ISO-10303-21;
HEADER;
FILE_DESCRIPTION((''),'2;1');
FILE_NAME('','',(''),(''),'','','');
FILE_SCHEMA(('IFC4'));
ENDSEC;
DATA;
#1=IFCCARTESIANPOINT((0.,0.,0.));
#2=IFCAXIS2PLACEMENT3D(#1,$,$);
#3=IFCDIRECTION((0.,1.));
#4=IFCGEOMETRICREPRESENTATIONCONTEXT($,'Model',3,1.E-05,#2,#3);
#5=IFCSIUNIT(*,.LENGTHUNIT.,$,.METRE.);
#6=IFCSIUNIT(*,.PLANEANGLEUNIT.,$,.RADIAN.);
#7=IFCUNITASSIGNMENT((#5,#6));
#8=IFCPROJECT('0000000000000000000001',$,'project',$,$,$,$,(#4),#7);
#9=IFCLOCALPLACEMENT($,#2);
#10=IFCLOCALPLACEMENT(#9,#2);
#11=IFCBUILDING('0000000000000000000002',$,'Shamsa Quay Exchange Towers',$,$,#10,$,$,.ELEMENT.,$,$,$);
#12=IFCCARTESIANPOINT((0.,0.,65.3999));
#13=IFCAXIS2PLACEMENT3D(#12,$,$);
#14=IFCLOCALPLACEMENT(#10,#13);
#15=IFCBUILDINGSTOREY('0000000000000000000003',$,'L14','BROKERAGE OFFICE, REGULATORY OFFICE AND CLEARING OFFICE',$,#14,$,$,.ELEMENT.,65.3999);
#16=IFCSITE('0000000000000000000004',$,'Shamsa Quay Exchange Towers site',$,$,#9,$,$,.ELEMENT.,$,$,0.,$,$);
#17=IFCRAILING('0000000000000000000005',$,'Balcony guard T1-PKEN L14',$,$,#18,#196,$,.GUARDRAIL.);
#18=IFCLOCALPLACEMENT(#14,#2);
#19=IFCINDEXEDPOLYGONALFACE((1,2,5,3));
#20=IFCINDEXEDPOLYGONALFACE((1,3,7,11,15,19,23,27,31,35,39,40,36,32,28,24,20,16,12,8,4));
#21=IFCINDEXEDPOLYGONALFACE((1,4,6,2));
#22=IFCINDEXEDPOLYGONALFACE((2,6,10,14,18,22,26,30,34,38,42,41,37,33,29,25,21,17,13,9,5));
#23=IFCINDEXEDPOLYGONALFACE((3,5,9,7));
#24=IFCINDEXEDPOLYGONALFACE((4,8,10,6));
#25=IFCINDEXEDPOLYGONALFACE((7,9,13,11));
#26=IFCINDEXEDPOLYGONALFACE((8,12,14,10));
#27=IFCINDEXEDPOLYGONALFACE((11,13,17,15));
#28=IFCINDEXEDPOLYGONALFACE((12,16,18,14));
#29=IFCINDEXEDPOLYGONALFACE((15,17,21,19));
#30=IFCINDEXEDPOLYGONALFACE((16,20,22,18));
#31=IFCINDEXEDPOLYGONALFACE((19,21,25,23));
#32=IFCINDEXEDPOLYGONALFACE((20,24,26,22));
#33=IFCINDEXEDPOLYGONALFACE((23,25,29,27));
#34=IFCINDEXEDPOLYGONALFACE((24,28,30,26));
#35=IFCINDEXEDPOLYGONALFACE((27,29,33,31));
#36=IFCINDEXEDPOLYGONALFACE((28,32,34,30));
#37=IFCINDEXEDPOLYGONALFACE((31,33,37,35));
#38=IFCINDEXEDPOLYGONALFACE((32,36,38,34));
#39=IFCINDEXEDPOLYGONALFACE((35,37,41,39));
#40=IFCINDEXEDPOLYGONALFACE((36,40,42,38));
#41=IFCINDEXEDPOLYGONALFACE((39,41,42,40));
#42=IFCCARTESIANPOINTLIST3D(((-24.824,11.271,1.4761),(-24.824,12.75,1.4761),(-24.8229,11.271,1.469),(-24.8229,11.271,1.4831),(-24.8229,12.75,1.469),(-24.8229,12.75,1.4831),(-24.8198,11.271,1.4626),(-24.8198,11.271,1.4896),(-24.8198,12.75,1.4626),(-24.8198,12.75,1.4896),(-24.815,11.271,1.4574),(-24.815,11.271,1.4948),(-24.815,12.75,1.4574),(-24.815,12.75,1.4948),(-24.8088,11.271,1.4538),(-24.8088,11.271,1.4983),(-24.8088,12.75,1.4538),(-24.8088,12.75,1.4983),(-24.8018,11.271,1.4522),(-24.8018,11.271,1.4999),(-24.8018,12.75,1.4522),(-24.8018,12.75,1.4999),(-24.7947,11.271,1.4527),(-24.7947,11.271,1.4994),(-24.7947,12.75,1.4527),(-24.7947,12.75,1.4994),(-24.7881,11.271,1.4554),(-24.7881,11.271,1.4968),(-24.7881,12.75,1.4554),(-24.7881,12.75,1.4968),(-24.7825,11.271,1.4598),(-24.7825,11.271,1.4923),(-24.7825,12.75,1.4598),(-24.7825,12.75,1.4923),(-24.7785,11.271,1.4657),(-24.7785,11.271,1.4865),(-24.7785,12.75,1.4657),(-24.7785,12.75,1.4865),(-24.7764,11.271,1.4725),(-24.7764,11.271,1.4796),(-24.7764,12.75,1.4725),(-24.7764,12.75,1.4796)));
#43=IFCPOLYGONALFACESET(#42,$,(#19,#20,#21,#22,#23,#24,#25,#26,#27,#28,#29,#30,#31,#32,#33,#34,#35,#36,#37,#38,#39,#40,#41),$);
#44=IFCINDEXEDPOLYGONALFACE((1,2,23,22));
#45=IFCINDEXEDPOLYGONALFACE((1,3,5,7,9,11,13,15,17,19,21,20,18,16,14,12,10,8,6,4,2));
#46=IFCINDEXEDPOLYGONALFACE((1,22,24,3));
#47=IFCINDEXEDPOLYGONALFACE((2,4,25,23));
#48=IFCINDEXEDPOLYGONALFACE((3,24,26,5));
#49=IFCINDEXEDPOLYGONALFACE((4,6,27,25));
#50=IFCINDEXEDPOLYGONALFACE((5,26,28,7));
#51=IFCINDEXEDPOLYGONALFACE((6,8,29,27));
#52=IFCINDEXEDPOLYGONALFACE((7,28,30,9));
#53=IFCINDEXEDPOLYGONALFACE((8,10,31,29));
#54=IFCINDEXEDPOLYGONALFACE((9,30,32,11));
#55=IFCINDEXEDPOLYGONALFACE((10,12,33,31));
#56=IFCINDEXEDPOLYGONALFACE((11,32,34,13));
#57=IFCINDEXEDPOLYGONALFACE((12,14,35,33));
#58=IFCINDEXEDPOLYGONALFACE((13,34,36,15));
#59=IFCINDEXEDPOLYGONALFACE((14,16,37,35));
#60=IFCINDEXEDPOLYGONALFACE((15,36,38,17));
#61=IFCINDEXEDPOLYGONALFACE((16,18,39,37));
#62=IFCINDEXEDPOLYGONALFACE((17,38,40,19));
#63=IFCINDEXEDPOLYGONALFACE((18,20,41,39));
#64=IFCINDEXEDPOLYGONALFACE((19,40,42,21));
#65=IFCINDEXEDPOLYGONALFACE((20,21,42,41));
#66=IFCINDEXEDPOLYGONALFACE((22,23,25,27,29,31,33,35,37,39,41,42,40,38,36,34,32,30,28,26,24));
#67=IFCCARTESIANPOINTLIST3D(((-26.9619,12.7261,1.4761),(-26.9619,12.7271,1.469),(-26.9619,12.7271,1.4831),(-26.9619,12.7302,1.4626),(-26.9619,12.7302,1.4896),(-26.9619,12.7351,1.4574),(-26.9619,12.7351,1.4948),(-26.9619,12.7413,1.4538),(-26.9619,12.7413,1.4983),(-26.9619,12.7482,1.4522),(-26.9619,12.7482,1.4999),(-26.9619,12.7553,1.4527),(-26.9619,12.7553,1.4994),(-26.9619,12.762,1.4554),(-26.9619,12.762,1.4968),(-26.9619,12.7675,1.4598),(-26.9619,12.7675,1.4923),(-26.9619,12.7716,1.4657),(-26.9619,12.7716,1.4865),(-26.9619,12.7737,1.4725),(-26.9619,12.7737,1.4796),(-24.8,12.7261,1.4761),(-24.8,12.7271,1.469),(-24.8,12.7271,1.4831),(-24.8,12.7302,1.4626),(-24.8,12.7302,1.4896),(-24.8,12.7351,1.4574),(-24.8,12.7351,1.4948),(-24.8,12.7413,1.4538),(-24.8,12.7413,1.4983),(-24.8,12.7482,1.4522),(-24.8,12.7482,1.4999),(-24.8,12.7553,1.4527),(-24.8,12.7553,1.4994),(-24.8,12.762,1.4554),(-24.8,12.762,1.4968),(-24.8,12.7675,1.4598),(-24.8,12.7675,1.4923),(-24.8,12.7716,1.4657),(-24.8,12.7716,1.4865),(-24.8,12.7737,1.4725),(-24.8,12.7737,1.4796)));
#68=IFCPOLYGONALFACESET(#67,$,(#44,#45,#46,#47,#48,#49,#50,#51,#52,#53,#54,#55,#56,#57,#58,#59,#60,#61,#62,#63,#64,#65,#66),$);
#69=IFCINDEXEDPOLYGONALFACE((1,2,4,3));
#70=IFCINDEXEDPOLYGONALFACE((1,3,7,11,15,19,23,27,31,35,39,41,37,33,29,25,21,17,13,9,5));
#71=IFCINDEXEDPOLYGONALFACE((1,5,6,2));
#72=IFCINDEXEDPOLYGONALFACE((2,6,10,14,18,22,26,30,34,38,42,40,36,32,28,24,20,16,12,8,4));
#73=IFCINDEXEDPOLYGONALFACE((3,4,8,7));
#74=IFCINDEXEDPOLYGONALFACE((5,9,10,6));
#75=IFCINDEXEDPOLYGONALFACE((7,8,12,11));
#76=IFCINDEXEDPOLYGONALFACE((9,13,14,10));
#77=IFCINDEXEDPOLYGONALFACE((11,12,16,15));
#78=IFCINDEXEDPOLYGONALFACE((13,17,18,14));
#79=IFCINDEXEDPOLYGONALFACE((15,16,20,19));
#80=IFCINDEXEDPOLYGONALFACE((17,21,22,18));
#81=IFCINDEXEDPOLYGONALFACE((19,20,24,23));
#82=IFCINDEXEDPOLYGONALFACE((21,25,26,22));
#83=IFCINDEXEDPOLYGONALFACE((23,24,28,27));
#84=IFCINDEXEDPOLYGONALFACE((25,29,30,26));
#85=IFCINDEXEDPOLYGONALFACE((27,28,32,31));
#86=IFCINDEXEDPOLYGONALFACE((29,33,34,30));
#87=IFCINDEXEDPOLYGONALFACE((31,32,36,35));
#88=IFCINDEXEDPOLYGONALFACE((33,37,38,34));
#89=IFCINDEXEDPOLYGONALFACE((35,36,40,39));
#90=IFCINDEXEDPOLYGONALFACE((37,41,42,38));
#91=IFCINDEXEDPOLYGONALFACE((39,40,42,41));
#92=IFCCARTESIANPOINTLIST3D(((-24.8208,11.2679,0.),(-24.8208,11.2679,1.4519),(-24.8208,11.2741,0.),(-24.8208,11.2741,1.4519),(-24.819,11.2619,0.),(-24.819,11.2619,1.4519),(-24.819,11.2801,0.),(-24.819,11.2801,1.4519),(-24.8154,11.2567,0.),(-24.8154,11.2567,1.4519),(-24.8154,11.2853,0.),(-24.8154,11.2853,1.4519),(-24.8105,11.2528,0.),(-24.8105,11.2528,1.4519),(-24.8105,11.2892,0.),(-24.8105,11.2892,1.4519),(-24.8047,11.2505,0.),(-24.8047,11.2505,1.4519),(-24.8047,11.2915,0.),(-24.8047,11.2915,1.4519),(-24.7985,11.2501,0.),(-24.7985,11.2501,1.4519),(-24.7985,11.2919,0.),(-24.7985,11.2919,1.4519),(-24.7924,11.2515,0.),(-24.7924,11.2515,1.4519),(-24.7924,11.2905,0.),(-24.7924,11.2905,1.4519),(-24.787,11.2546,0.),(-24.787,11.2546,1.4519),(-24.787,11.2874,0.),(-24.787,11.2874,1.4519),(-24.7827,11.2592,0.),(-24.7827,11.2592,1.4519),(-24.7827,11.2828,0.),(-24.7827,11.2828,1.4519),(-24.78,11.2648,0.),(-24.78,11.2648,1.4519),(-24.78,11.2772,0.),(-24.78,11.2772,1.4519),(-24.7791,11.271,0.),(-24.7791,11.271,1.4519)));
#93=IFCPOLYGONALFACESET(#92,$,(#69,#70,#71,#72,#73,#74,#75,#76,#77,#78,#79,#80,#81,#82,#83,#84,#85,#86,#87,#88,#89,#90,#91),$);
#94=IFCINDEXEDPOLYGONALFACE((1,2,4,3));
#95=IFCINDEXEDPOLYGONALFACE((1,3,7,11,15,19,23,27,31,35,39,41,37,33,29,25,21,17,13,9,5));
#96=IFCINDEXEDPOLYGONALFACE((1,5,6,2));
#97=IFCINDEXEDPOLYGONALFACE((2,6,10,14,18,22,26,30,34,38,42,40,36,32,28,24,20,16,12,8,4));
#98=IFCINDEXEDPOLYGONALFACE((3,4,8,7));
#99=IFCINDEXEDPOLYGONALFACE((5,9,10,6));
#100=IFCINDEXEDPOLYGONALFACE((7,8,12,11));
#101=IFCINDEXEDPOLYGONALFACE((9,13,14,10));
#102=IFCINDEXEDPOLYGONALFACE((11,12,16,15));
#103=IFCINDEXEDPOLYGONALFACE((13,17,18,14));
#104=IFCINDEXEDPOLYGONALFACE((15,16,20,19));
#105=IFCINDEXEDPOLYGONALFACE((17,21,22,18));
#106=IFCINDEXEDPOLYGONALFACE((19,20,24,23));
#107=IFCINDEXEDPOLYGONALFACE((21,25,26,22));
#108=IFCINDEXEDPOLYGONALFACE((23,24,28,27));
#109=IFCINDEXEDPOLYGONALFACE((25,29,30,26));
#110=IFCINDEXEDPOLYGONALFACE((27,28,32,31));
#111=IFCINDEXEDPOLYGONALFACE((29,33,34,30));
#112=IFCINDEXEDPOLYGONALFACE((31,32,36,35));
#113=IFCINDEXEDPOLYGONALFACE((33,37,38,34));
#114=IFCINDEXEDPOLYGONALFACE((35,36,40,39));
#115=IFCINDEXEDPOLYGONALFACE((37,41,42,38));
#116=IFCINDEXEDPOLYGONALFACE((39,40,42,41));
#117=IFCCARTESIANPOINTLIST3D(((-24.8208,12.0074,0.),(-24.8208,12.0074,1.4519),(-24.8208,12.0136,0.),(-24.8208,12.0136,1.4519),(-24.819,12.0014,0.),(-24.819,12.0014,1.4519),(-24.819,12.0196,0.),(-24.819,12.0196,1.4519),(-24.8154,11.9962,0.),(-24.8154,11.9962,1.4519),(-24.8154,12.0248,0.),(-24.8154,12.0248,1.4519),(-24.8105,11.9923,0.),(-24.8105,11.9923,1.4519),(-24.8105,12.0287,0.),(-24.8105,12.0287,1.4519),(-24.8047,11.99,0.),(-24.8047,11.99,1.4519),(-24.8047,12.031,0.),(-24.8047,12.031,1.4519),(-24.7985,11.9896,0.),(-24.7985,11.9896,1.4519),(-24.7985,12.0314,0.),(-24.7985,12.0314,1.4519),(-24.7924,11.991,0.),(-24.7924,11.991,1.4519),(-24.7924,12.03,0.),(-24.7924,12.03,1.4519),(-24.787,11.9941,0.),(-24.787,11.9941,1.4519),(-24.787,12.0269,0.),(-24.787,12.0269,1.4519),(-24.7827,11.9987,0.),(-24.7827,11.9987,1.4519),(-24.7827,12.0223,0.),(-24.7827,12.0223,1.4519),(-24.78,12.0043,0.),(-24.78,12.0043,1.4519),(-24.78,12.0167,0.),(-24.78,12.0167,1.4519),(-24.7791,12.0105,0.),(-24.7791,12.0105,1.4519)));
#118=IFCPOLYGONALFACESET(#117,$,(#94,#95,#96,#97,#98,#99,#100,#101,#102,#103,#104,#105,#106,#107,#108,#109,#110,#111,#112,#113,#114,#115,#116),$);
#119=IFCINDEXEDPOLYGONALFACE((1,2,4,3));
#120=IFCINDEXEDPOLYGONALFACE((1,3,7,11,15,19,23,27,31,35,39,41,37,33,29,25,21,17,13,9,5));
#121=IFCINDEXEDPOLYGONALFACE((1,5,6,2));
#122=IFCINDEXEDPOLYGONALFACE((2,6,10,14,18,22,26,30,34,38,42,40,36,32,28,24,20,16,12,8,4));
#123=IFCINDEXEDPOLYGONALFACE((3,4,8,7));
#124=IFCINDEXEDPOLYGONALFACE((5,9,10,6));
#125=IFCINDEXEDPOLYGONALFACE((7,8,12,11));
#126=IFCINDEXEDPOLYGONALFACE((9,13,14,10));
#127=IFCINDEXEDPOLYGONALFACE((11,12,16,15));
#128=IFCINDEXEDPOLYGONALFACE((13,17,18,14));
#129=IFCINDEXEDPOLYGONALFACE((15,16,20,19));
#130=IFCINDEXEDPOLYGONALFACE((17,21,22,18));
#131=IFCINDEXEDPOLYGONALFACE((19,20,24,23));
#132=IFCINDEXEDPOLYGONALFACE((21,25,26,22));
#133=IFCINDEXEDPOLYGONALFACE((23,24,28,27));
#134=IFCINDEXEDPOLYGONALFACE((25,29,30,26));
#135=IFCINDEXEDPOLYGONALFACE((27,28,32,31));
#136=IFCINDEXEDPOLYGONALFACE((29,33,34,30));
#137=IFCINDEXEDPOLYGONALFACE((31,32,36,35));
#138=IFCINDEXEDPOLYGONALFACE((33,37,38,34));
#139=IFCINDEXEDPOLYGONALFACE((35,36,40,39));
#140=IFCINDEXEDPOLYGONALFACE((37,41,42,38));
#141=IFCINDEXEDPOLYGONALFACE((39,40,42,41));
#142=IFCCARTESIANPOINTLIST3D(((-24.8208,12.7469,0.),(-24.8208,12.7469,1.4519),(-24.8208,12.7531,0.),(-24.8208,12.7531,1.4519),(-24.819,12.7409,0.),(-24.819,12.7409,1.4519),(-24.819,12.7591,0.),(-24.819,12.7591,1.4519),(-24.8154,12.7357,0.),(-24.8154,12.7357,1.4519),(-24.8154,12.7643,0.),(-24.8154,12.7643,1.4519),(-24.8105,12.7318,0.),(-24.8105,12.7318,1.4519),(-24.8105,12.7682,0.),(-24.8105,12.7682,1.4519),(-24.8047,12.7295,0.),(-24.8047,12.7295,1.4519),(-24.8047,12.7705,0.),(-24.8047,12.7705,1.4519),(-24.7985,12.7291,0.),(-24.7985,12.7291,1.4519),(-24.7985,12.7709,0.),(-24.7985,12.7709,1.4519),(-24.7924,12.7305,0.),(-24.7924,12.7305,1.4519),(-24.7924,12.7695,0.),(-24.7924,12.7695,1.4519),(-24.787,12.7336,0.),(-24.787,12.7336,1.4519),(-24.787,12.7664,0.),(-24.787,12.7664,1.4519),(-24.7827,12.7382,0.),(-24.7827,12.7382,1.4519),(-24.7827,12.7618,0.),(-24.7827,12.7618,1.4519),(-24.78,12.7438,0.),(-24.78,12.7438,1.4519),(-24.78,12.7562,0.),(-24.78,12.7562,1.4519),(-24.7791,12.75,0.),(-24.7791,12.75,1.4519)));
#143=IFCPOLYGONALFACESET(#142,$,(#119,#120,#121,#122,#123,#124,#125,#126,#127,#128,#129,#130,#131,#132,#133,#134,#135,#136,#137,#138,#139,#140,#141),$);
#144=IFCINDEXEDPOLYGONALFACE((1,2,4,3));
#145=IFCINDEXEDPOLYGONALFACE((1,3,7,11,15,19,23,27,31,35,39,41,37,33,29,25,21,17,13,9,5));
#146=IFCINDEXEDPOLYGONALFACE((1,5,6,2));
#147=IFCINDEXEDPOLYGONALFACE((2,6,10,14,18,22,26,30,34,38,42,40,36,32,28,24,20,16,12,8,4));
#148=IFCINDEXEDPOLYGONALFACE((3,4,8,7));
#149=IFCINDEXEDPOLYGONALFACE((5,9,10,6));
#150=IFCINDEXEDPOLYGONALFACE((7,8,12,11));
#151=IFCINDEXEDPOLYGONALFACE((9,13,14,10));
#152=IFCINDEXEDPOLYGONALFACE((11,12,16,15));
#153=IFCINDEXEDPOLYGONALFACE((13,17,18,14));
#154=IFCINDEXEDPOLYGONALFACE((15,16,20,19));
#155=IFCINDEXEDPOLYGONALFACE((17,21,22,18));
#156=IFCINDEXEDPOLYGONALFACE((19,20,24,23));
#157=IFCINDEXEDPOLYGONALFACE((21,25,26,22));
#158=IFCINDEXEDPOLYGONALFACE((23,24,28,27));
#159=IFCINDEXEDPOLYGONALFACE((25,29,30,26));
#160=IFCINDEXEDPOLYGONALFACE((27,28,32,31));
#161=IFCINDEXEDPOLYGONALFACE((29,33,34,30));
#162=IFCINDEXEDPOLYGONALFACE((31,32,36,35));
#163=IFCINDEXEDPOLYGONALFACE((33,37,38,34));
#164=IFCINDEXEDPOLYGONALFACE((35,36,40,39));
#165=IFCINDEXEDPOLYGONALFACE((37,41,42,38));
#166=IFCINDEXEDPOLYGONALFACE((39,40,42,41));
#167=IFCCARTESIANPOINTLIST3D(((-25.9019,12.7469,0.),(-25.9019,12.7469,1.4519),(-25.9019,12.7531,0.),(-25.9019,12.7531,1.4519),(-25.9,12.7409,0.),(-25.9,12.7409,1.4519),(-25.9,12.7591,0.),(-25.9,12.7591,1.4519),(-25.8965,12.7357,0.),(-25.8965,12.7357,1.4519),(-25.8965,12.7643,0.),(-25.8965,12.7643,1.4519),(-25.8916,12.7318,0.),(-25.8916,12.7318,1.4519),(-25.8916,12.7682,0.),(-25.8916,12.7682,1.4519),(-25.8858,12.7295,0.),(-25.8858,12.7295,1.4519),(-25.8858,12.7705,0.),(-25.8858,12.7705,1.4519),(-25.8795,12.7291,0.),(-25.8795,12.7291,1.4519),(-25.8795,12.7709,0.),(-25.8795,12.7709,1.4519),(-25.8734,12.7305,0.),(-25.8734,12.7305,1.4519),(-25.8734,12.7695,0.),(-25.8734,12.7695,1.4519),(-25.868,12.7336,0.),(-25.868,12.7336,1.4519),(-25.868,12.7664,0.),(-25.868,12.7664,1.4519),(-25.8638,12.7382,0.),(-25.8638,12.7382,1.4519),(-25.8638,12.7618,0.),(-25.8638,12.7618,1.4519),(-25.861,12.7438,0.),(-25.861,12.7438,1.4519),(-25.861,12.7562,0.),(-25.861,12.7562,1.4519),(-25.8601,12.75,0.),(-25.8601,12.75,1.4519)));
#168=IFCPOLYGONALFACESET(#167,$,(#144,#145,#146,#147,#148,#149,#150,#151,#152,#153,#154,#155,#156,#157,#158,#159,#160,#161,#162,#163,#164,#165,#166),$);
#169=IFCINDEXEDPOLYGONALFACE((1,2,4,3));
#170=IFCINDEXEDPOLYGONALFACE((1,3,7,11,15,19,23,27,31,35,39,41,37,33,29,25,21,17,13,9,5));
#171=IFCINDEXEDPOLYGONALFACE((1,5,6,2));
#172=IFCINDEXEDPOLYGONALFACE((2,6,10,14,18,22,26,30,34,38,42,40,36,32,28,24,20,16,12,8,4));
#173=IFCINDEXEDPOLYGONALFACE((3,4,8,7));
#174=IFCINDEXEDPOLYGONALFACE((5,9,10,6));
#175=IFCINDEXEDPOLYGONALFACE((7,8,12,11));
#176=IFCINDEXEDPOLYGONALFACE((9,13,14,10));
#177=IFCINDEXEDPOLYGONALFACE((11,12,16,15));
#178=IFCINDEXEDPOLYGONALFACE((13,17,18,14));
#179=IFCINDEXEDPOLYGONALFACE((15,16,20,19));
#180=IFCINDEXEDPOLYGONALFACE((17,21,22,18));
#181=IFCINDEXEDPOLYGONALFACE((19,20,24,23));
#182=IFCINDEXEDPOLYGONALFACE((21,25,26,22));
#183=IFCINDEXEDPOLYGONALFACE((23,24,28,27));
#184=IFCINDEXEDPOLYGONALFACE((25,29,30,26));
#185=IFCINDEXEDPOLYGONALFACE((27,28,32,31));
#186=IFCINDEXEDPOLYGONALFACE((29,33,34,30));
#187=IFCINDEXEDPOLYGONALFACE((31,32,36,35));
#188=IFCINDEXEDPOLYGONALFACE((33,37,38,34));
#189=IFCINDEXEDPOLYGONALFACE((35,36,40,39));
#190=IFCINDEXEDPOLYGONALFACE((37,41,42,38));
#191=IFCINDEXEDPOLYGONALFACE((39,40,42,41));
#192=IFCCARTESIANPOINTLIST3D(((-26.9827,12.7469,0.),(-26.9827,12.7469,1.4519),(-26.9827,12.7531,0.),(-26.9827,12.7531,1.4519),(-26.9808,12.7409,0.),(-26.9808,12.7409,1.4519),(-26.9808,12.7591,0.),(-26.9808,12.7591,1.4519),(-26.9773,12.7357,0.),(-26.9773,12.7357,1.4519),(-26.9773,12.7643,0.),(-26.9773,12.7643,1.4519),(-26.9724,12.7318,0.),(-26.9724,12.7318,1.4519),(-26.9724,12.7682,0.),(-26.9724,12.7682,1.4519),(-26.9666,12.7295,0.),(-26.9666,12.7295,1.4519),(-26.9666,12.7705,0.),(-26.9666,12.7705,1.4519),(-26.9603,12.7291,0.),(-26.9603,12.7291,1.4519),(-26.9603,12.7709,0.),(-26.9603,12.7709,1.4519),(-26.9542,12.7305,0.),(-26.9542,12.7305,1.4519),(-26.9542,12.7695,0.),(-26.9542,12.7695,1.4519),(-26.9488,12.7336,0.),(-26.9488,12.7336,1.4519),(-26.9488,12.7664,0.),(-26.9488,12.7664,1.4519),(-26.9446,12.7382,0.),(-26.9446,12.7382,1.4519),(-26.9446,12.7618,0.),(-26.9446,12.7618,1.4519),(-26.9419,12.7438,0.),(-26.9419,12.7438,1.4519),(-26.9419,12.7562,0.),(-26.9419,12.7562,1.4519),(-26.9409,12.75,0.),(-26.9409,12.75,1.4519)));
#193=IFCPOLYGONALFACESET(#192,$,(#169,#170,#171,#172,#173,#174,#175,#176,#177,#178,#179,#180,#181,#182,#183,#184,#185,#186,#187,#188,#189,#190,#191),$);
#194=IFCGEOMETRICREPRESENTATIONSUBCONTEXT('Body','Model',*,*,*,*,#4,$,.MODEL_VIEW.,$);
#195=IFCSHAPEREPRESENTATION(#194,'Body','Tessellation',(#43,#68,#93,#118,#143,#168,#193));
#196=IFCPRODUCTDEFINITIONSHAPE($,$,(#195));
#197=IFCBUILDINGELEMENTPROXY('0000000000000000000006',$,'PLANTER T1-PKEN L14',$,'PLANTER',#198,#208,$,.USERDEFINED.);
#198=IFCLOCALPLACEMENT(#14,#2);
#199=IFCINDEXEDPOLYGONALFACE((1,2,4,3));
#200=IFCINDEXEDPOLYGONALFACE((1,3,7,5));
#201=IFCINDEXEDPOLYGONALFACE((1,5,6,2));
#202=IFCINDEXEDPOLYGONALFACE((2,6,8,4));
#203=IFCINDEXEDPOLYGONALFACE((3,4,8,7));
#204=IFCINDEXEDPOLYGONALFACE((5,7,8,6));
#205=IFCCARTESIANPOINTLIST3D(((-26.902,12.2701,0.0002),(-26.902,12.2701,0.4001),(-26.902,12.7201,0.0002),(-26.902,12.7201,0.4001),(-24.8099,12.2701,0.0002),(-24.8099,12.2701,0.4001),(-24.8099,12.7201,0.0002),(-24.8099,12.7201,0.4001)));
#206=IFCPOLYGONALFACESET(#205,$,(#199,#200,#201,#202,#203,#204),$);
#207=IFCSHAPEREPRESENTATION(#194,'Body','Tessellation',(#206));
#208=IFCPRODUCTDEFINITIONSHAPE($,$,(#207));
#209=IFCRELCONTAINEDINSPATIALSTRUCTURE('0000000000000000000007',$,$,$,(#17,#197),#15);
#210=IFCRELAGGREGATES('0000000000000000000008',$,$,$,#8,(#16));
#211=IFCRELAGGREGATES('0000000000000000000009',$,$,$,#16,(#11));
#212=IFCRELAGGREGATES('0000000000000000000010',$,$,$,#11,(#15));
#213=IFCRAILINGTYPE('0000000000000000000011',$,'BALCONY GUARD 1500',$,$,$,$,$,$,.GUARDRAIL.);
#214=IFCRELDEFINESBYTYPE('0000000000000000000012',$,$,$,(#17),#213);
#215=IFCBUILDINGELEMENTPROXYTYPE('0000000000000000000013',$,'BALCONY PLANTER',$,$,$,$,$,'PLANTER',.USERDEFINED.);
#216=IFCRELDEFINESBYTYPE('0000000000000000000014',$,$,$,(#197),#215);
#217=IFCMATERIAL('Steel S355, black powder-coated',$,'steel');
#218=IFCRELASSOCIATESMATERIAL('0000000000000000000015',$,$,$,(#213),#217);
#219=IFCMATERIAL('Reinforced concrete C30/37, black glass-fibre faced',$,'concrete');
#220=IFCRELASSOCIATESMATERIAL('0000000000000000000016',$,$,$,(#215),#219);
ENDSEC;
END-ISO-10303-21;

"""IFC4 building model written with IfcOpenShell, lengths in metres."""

from ifc_helpers import new_model, si_unit, direction, frame, origin, origin_2d, place, context, subcontext, project, spatial, rectangle, circle, extrude, material, type_object, element, save


model = new_model("IFC4")

# Units and contexts
model_context = context("Model", 3, precision=1e-05, world=origin(), true_north=direction((0.0, 1.0)))
body_context = subcontext(model_context, "Body", "Model", "MODEL_VIEW")
ifc_project = project(units=[si_unit("LENGTHUNIT", "METRE"), si_unit("PLANEANGLEUNIT", "RADIAN")], contexts=[model_context])

# Site, building, storey
site_placement = place(None, origin())
site = spatial("IfcSite", under=ifc_project, at=site_placement, Name="Shamsa Quay Exchange Towers site", CompositionType="ELEMENT", RefElevation=0.0)
building_placement = place(site_placement, origin())
building = spatial("IfcBuilding", under=site, at=building_placement, Name="Shamsa Quay Exchange Towers", CompositionType="ELEMENT")
storey_placement = place(building_placement, frame((0.0, 0.0, 65.3999)))
storey = spatial("IfcBuildingStorey", under=building, at=storey_placement, Name="L14", Description="BROKERAGE OFFICE, REGULATORY OFFICE AND CLEARING OFFICE", CompositionType="ELEMENT", Elevation=65.3999)

# Railing
ifc_material_1 = material(Name="Steel S355, black powder-coated", Category="steel")
railing_type = type_object("IfcRailingType", Name="BALCONY GUARD 1500", PredefinedType="GUARDRAIL", material=ifc_material_1)
railing_placement = place(storey_placement, frame((-24.8, 11.271, 0.0)))
element("IfcRailing", 1, at=railing_placement, inside=storey, type_object=railing_type, Name="Balcony guard T1-PKEN L14", PredefinedType="GUARDRAIL", context=body_context, shape_type="SweptSolid", body=[
    extrude(circle(Radius=0.0239, at=origin_2d()), frame((0.0, 0.0, 1.4761), z_axis=(0.0, 1.0, 0.0), x_axis=(-1.0, 0.0, 0.0)), (0.0, 0.0, 1.0), 1.479),
    extrude(circle(Radius=0.0239, at=origin_2d()), frame((0.0, 1.479, 1.4761), z_axis=(-1.0, 0.0, 0.0), x_axis=(0.0, -1.0, 0.0)), (0.0, 0.0, 1.0), 2.1619),
    extrude(circle(Radius=0.021, at=origin_2d()), origin(), (0.0, 0.0, 1.0), 1.4519),
    extrude(circle(Radius=0.021, at=origin_2d()), frame((0.0, 0.7395, 0.0)), (0.0, 0.0, 1.0), 1.4519),
    extrude(circle(Radius=0.021, at=origin_2d()), frame((0.0, 1.479, 0.0)), (0.0, 0.0, 1.0), 1.4519),
    extrude(circle(Radius=0.021, at=origin_2d()), frame((-1.0811, 1.479, 0.0)), (0.0, 0.0, 1.0), 1.4519),
    extrude(circle(Radius=0.021, at=origin_2d()), frame((-2.1619, 1.479, 0.0)), (0.0, 0.0, 1.0), 1.4519),
])

# Building element proxy
ifc_material_2 = material(Name="Reinforced concrete C30/37, black glass-fibre faced", Category="concrete")
building_element_proxy_type = type_object("IfcBuildingElementProxyType", Name="BALCONY PLANTER", ElementType="PLANTER", PredefinedType="USERDEFINED", material=ifc_material_2)
proxy_placement = place(storey_placement, frame((-25.856, 12.4951, 0.0002), z_axis=(0.0, 0.0, 1.0), x_axis=(-1.0, 0.0, 0.0)))
element("IfcBuildingElementProxy", 2, at=proxy_placement, inside=storey, type_object=building_element_proxy_type, Name="PLANTER T1-PKEN L14", ObjectType="PLANTER", PredefinedType="USERDEFINED", context=body_context, shape_type="SweptSolid", body=[
    extrude(rectangle(XDim=2.092, YDim=0.45, at=origin_2d()), origin(), (0.0, 0.0, 1.0), 0.3999),
])

save(model, "model.ifc")
